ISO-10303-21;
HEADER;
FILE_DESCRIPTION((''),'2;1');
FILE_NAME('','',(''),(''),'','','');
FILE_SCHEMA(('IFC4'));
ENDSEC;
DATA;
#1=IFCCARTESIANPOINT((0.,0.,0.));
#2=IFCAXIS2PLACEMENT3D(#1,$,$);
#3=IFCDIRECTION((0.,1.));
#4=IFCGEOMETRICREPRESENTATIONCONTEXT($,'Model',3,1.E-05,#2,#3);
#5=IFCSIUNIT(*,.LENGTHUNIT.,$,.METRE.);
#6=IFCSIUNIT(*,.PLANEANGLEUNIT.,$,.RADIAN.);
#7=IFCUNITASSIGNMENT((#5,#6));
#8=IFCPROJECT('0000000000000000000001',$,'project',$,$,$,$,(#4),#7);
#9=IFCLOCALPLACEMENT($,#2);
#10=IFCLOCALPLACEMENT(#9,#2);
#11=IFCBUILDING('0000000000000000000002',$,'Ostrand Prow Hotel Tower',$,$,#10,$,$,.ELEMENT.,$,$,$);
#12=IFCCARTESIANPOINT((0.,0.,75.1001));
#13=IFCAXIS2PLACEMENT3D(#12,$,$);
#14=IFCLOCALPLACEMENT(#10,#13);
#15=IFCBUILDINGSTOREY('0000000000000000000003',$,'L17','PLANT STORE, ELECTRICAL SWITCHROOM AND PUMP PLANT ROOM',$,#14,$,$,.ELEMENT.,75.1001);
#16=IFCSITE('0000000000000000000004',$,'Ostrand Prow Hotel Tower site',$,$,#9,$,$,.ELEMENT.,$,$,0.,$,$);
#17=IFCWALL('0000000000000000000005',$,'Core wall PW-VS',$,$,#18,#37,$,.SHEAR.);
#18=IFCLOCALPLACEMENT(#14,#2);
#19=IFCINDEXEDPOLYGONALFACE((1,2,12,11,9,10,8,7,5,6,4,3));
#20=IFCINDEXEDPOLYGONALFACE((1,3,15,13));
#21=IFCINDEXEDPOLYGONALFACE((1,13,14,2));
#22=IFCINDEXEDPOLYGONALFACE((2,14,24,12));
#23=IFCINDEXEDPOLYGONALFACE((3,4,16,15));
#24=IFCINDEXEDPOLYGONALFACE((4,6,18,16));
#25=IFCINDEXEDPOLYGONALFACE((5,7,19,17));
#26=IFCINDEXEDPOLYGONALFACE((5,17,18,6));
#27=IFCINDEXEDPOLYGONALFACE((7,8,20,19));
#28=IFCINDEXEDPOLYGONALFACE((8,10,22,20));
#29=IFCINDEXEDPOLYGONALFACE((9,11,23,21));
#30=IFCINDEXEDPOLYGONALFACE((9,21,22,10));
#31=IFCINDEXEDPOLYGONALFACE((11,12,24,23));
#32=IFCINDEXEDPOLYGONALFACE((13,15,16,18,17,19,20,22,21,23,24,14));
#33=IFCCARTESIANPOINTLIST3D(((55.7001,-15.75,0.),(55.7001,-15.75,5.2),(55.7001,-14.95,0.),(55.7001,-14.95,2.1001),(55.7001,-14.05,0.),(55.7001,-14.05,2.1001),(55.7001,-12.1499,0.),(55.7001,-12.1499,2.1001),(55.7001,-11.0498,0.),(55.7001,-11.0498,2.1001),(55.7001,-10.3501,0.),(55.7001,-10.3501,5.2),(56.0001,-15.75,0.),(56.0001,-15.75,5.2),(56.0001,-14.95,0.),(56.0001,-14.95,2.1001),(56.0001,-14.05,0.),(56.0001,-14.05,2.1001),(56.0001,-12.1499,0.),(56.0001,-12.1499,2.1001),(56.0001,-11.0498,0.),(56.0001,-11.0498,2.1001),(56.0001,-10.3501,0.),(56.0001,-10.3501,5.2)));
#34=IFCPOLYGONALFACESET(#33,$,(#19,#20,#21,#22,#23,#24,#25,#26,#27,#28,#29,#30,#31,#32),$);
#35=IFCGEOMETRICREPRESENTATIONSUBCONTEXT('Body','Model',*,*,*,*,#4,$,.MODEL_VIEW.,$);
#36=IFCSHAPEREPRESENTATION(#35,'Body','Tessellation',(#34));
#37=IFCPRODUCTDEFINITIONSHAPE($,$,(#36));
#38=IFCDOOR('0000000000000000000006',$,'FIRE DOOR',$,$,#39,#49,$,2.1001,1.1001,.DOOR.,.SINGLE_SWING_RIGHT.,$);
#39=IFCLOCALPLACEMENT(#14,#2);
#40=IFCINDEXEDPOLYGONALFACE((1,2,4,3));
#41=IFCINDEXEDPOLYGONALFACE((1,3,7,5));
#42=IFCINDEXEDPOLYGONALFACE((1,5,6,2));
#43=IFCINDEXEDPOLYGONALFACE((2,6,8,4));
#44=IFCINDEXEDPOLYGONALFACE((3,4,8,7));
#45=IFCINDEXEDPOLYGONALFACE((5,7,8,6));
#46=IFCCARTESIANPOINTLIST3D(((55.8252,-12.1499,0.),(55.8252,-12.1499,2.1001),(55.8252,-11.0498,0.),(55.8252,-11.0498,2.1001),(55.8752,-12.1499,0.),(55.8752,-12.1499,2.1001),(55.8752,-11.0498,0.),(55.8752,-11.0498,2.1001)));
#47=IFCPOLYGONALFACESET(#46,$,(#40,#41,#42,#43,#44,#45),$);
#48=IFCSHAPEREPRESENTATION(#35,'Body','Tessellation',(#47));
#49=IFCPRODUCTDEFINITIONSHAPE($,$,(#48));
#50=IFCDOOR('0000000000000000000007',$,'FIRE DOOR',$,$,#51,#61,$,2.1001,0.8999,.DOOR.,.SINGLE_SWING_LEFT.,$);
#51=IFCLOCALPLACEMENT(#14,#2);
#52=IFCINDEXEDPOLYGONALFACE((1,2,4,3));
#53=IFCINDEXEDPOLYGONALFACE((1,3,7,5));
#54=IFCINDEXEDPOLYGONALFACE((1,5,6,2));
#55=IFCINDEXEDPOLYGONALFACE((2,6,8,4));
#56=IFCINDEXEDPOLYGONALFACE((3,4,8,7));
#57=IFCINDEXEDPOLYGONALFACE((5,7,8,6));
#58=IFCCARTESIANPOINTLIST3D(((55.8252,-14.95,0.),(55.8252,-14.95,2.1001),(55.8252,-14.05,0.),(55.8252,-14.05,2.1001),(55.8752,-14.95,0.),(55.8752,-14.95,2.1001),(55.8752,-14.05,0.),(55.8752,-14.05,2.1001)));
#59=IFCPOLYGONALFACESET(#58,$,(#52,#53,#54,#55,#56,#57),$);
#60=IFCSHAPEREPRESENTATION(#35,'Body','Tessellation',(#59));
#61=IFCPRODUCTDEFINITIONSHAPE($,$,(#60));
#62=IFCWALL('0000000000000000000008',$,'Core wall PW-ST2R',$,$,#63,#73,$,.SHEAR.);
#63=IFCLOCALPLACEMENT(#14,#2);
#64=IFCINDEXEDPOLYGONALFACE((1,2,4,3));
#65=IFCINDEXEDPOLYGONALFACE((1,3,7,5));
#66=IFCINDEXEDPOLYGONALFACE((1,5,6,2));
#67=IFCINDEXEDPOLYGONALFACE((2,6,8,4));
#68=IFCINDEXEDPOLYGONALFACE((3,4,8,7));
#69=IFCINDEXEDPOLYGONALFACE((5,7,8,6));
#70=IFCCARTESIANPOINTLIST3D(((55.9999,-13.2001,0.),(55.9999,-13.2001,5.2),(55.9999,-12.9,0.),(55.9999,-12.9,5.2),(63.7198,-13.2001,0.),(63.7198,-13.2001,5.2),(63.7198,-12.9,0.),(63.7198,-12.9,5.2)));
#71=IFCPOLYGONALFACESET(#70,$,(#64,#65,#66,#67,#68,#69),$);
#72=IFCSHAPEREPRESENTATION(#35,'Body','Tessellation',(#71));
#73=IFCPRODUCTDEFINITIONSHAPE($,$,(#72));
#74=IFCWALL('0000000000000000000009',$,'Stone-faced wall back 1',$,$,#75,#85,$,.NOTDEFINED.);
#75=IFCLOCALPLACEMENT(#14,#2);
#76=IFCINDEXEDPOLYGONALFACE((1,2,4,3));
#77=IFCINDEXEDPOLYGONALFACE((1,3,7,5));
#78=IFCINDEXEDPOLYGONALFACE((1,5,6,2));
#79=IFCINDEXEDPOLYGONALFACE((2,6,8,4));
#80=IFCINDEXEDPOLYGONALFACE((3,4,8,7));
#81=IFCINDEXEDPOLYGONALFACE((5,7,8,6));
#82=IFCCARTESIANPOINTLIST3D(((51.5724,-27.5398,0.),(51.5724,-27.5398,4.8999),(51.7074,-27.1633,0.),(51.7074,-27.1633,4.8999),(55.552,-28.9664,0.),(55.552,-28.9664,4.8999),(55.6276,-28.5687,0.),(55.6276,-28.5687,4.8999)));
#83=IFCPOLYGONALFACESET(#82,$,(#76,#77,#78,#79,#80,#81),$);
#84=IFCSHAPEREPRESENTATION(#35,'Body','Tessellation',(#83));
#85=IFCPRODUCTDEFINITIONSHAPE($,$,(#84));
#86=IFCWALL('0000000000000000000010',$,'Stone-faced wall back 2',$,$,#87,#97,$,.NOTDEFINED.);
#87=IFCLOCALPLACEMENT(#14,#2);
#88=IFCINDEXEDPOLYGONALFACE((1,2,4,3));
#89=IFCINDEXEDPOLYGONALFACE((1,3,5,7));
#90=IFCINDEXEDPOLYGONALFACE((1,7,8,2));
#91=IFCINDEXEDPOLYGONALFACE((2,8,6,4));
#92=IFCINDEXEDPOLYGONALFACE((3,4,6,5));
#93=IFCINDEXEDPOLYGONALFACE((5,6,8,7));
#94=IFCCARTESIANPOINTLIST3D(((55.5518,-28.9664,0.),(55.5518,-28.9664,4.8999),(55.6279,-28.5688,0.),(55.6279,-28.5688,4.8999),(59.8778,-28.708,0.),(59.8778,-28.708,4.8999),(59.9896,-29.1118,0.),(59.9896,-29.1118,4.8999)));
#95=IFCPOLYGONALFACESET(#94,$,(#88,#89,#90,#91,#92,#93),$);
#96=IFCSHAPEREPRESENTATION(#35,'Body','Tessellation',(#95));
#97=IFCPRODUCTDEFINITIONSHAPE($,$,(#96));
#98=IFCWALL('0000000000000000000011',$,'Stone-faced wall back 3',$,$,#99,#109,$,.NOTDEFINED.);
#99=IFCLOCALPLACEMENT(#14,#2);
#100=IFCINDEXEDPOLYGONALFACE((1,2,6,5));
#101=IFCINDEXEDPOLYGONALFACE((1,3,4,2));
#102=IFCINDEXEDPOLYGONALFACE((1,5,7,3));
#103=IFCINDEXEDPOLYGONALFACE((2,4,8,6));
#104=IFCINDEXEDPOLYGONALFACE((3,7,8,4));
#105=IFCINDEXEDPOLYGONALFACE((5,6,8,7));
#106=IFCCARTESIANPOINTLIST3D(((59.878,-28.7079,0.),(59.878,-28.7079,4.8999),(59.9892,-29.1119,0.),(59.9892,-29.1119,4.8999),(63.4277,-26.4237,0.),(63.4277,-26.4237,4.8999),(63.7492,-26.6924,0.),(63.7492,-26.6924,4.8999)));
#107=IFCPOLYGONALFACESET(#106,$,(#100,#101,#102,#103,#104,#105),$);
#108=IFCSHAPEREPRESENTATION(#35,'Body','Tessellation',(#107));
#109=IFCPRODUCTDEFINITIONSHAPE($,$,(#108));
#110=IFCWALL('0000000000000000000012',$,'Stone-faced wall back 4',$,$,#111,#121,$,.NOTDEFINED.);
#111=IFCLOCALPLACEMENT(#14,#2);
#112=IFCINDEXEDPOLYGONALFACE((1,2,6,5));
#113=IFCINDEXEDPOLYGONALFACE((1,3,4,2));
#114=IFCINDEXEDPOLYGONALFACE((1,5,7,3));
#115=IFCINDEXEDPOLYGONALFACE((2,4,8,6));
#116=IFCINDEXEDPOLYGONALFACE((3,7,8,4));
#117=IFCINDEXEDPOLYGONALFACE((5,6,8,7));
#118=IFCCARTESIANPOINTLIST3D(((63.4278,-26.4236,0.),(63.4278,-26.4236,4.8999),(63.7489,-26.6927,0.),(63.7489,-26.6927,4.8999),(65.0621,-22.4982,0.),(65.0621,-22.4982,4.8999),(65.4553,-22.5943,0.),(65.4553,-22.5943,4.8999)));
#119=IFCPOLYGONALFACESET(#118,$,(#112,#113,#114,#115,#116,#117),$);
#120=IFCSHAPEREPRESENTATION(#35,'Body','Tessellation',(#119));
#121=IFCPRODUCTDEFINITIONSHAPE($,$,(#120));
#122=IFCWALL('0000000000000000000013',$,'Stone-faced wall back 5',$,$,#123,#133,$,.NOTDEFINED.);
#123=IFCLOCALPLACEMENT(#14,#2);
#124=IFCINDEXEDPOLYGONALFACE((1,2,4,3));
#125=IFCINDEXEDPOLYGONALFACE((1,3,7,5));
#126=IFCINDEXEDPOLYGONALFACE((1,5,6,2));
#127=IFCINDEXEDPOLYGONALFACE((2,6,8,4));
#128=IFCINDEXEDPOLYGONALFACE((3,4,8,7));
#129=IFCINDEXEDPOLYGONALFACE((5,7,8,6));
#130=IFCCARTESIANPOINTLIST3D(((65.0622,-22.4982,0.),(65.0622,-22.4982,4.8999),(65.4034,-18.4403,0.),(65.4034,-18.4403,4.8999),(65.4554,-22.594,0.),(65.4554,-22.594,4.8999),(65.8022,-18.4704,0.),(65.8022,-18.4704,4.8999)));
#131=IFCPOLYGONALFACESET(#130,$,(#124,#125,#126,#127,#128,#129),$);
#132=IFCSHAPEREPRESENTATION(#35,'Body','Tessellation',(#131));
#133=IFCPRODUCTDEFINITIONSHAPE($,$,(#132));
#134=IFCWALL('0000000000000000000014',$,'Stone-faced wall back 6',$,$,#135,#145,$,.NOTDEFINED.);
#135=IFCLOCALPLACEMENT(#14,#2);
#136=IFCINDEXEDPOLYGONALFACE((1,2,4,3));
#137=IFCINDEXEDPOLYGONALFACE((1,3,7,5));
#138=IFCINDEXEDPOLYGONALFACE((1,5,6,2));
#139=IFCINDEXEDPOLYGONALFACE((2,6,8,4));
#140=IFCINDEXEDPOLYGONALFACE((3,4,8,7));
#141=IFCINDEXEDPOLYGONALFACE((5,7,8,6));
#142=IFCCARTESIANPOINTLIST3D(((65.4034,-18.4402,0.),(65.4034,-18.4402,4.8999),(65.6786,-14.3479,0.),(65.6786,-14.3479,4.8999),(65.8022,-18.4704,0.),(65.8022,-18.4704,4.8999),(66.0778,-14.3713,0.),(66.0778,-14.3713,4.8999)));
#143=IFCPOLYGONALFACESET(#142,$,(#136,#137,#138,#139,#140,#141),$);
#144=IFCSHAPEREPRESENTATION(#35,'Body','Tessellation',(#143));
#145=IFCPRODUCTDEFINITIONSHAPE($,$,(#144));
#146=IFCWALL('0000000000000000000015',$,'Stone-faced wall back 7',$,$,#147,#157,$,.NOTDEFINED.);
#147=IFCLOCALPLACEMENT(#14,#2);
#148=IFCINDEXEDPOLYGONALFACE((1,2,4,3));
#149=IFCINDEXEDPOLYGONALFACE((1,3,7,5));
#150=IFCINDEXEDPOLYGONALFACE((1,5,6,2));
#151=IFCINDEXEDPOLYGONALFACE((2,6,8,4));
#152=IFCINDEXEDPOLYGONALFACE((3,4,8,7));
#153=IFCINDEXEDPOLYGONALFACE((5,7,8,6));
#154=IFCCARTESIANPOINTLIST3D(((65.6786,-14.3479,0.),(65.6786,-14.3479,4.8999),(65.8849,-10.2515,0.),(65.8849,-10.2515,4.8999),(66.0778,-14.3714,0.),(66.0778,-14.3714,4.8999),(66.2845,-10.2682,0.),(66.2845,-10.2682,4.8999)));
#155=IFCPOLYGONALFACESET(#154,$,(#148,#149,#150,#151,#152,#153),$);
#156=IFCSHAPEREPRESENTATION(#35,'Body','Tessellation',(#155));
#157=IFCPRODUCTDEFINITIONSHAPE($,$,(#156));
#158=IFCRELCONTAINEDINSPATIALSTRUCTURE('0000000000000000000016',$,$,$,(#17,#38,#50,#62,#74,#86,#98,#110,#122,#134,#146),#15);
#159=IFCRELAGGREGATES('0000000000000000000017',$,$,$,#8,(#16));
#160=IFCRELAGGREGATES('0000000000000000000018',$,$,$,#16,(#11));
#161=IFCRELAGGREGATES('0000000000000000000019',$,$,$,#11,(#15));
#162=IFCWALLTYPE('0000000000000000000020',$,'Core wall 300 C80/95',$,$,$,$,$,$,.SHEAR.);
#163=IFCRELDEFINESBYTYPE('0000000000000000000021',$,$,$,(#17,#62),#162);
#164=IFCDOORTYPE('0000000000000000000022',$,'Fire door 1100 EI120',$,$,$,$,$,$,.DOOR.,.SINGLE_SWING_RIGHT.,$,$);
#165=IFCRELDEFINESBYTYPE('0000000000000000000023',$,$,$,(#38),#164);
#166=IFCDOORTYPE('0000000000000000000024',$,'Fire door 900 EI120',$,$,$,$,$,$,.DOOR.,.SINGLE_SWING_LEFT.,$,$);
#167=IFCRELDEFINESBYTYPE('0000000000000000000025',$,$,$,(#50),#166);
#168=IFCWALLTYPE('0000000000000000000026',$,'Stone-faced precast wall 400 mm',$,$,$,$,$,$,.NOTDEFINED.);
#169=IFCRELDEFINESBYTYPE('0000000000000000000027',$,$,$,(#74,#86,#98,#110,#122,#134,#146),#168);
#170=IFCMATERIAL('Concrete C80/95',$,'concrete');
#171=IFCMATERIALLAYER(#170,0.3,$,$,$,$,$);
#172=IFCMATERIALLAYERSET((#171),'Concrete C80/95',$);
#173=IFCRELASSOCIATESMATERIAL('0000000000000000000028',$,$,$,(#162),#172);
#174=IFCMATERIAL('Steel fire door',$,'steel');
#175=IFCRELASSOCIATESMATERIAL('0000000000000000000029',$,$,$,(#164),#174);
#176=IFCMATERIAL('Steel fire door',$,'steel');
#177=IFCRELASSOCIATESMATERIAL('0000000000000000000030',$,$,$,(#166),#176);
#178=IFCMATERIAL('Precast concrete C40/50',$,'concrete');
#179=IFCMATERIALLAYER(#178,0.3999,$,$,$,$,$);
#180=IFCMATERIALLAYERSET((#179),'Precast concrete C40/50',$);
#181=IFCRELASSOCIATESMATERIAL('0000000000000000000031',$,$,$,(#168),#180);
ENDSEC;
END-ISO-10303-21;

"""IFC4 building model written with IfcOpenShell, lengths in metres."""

from ifc_helpers import new_model, si_unit, direction, frame, frame_2d, origin, place, context, subcontext, project, spatial, polyline, rectangle, outline, extrude, material, layer, layer_set, type_object, element, fill, save


model = new_model("IFC4")

# Units and contexts
model_context = context("Model", 3, precision=1e-05, world=origin(), true_north=direction((0.0, 1.0)))
body_context = subcontext(model_context, "Body", "Model", "MODEL_VIEW")
ifc_project = project(units=[si_unit("LENGTHUNIT", "METRE"), si_unit("PLANEANGLEUNIT", "RADIAN")], contexts=[model_context])

# Site, building, storey
site_placement = place(None, origin())
site = spatial("IfcSite", under=ifc_project, at=site_placement, Name="Ostrand Prow Hotel Tower site", CompositionType="ELEMENT", RefElevation=0.0)
building_placement = place(site_placement, origin())
building = spatial("IfcBuilding", under=site, at=building_placement, Name="Ostrand Prow Hotel Tower", CompositionType="ELEMENT")
storey_placement = place(building_placement, frame((0.0, 0.0, 75.1001)))
storey = spatial("IfcBuildingStorey", under=building, at=storey_placement, Name="L17", Description="PLANT STORE, ELECTRICAL SWITCHROOM AND PUMP PLANT ROOM", CompositionType="ELEMENT", Elevation=75.1001)

# Wall, openings, doors
ifc_material_1 = material(Name="Concrete C80/95", Category="concrete")
ifc_layer_1 = layer(ifc_material_1, 0.3)
ifc_layer_set_1 = layer_set([ifc_layer_1], Name="Concrete C80/95")
wall_type_1 = type_object("IfcWallType", Name="Core wall 300 C80/95", PredefinedType="SHEAR", material=ifc_layer_set_1)
wall_1_placement = place(storey_placement, frame((55.8501, -15.75, 0.0), z_axis=(0.0, 0.0, 1.0), x_axis=(0.0, 1.0, 0.0)))
wall_1 = element("IfcWall", 1, at=wall_1_placement, inside=storey, type_object=wall_type_1, Name="Core wall PW-VS", PredefinedType="SHEAR", context=body_context, shape_type="SweptSolid", body=[
    extrude(rectangle(XDim=5.3999, YDim=0.3, at=frame_2d((2.7, 0.0))), origin(), (0.0, 0.0, 1.0), 5.2),
])
opening_1_placement = place(wall_1_placement, frame((3.6001, 0.0, 0.0)))
opening_1 = element("IfcOpeningElement", 2, at=opening_1_placement, cuts=wall_1, PredefinedType="OPENING", context=body_context, shape_type="SweptSolid", body=[
    extrude(rectangle(XDim=1.1001, YDim=2.1001, at=frame_2d((0.55, 1.05))), frame((0.0, 0.1599, 0.0), z_axis=(0.0, -1.0, 0.0), x_axis=(1.0, 0.0, 0.0)), (0.0, 0.0, 1.0), 0.3201),
])
opening_2_placement = place(wall_1_placement, frame((0.8, 0.0, 0.0)))
opening_2 = element("IfcOpeningElement", 3, at=opening_2_placement, cuts=wall_1, PredefinedType="OPENING", context=body_context, shape_type="SweptSolid", body=[
    extrude(rectangle(XDim=0.8999, YDim=2.1001, at=frame_2d((0.45, 1.05))), frame((0.0, 0.1599, 0.0), z_axis=(0.0, -1.0, 0.0), x_axis=(1.0, 0.0, 0.0)), (0.0, 0.0, 1.0), 0.3201),
])
ifc_material_2 = material(Name="Steel fire door", Category="steel")
door_type_1 = type_object("IfcDoorType", Name="Fire door 1100 EI120", OperationType="SINGLE_SWING_RIGHT", PredefinedType="DOOR", material=ifc_material_2)
door_1_placement = place(opening_1_placement, origin())
door_1 = element("IfcDoor", 4, at=door_1_placement, inside=storey, type_object=door_type_1, Name="FIRE DOOR", OperationType="SINGLE_SWING_RIGHT", OverallHeight=2.1001, OverallWidth=1.1001, PredefinedType="DOOR", context=body_context, shape_type="SweptSolid", body=[
    extrude(rectangle(XDim=1.1001, YDim=2.1001, at=frame_2d((0.55, 1.05))), frame((0.0, 0.0249, 0.0), z_axis=(0.0, -1.0, 0.0), x_axis=(1.0, 0.0, 0.0)), (0.0, 0.0, 1.0), 0.05),
])
fill(opening_1, door_1)
ifc_material_3 = material(Name="Steel fire door", Category="steel")
door_type_2 = type_object("IfcDoorType", Name="Fire door 900 EI120", OperationType="SINGLE_SWING_LEFT", PredefinedType="DOOR", material=ifc_material_3)
door_2_placement = place(opening_2_placement, origin())
door_2 = element("IfcDoor", 5, at=door_2_placement, inside=storey, type_object=door_type_2, Name="FIRE DOOR", OperationType="SINGLE_SWING_LEFT", OverallHeight=2.1001, OverallWidth=0.8999, PredefinedType="DOOR", context=body_context, shape_type="SweptSolid", body=[
    extrude(rectangle(XDim=0.8999, YDim=2.1001, at=frame_2d((0.45, 1.05))), frame((0.0, 0.0249, 0.0), z_axis=(0.0, -1.0, 0.0), x_axis=(1.0, 0.0, 0.0)), (0.0, 0.0, 1.0), 0.05),
])
fill(opening_2, door_2)

# Walls
wall_2_placement = place(storey_placement, frame((56.0, -13.05, 0.0), z_axis=(0.0, 0.0, 1.0), x_axis=(1.0, 0.0, 0.0)))
element("IfcWall", 6, at=wall_2_placement, inside=storey, type_object=wall_type_1, Name="Core wall PW-ST2R", PredefinedType="SHEAR", context=body_context, shape_type="SweptSolid", body=[
    extrude(rectangle(XDim=7.72, YDim=0.3, at=frame_2d((3.8599, 0.0))), origin(), (0.0, 0.0, 1.0), 5.2),
])
ifc_material_4 = material(Name="Precast concrete C40/50", Category="concrete")
ifc_layer_2 = layer(ifc_material_4, 0.3999)
ifc_layer_set_2 = layer_set([ifc_layer_2], Name="Precast concrete C40/50")
wall_type_2 = type_object("IfcWallType", Name="Stone-faced precast wall 400 mm", PredefinedType="NOTDEFINED", material=ifc_layer_set_2)
wall_3_placement = place(storey_placement, frame((51.6399, -27.3516, 0.0), z_axis=(0.0, 0.0, 1.0), x_axis=(0.94134, -0.33746, 0.0)))
element("IfcWall", 7, at=wall_3_placement, inside=storey, type_object=wall_type_2, Name="Stone-faced wall back 1", PredefinedType="NOTDEFINED", context=body_context, shape_type="SweptSolid", body=[
    extrude(outline(polyline([(0.0, -0.2), (4.2275, -0.2), (4.1646, 0.2), (0.0, 0.2), (0.0, -0.2)])), origin(), (0.0, 0.0, 1.0), 4.8999),
])
wall_4_placement = place(storey_placement, frame((55.5898, -28.7676, 0.0), z_axis=(0.0, 0.0, 1.0), x_axis=(0.999464, -0.03275, 0.0)))
element("IfcWall", 8, at=wall_4_placement, inside=storey, type_object=wall_type_2, Name="Stone-faced wall back 2", PredefinedType="NOTDEFINED", context=body_context, shape_type="SweptSolid", body=[
    extrude(outline(polyline([(-0.0315, -0.2), (4.4087, -0.2), (4.2837, 0.2), (0.0315, 0.2), (-0.0315, -0.2)])), origin(), (0.0, 0.0, 1.0), 4.8999),
])
wall_5_placement = place(storey_placement, frame((59.9336, -28.9099, 0.0), z_axis=(0.0, 0.0, 1.0), x_axis=(0.840937, 0.541132, 0.0)))
element("IfcWall", 9, at=wall_5_placement, inside=storey, type_object=wall_type_2, Name="Stone-faced wall back 3", PredefinedType="NOTDEFINED", context=body_context, shape_type="SweptSolid", body=[
    extrude(outline(polyline([(-0.0625, -0.2), (4.4087, -0.2), (4.2837, 0.2), (0.0625, 0.2), (-0.0625, -0.2)])), origin(), (0.0, 0.0, 1.0), 4.8999),
])
wall_6_placement = place(storey_placement, frame((63.5884, -26.5581, 0.0), z_axis=(0.0, 0.0, 1.0), x_axis=(0.384372, 0.923178, 0.0)))
element("IfcWall", 10, at=wall_6_placement, inside=storey, type_object=wall_type_2, Name="Stone-faced wall back 4", PredefinedType="NOTDEFINED", context=body_context, shape_type="SweptSolid", body=[
    extrude(outline(polyline([(-0.0625, -0.2), (4.377, -0.2), (4.3145, 0.2), (0.0625, 0.2), (-0.0625, -0.2)])), origin(), (0.0, 0.0, 1.0), 4.8999),
])
wall_7_placement = place(storey_placement, frame((65.2588, -22.5461, 0.0), z_axis=(0.0, 0.0, 1.0), x_axis=(0.083794, 0.996483, 0.0)))
element("IfcWall", 11, at=wall_7_placement, inside=storey, type_object=wall_type_2, Name="Stone-faced wall back 5", PredefinedType="NOTDEFINED", context=body_context, shape_type="SweptSolid", body=[
    extrude(outline(polyline([(-0.0312, -0.2), (4.1069, -0.2), (4.1035, 0.2), (0.0312, 0.2), (-0.0312, -0.2)])), origin(), (0.0, 0.0, 1.0), 4.8999),
])
for number, where, z_axis, x_axis, name in (
    (12, (65.6028, -18.4553, 0.0), (0.0, 0.0, 1.0), (0.067087, 0.997747, 0.0), "Stone-faced wall back 6"),
    (13, (65.8782, -14.3596, 0.0), (0.0, 0.0, 1.0), (0.050314, 0.998733, 0.0), "Stone-faced wall back 7"),
):
    element("IfcWall", number, at=place(storey_placement, frame(where, z_axis=z_axis, x_axis=x_axis)), inside=storey, type_object=wall_type_2, Name=name, PredefinedType="NOTDEFINED", context=body_context, shape_type="SweptSolid", body=[
        extrude(outline(polyline([(-0.0017, -0.2), (4.1067, -0.2), (4.1033, 0.2), (0.0017, 0.2), (-0.0017, -0.2)])), origin(), (0.0, 0.0, 1.0), 4.8999),
    ])

save(model, "model.ifc")
